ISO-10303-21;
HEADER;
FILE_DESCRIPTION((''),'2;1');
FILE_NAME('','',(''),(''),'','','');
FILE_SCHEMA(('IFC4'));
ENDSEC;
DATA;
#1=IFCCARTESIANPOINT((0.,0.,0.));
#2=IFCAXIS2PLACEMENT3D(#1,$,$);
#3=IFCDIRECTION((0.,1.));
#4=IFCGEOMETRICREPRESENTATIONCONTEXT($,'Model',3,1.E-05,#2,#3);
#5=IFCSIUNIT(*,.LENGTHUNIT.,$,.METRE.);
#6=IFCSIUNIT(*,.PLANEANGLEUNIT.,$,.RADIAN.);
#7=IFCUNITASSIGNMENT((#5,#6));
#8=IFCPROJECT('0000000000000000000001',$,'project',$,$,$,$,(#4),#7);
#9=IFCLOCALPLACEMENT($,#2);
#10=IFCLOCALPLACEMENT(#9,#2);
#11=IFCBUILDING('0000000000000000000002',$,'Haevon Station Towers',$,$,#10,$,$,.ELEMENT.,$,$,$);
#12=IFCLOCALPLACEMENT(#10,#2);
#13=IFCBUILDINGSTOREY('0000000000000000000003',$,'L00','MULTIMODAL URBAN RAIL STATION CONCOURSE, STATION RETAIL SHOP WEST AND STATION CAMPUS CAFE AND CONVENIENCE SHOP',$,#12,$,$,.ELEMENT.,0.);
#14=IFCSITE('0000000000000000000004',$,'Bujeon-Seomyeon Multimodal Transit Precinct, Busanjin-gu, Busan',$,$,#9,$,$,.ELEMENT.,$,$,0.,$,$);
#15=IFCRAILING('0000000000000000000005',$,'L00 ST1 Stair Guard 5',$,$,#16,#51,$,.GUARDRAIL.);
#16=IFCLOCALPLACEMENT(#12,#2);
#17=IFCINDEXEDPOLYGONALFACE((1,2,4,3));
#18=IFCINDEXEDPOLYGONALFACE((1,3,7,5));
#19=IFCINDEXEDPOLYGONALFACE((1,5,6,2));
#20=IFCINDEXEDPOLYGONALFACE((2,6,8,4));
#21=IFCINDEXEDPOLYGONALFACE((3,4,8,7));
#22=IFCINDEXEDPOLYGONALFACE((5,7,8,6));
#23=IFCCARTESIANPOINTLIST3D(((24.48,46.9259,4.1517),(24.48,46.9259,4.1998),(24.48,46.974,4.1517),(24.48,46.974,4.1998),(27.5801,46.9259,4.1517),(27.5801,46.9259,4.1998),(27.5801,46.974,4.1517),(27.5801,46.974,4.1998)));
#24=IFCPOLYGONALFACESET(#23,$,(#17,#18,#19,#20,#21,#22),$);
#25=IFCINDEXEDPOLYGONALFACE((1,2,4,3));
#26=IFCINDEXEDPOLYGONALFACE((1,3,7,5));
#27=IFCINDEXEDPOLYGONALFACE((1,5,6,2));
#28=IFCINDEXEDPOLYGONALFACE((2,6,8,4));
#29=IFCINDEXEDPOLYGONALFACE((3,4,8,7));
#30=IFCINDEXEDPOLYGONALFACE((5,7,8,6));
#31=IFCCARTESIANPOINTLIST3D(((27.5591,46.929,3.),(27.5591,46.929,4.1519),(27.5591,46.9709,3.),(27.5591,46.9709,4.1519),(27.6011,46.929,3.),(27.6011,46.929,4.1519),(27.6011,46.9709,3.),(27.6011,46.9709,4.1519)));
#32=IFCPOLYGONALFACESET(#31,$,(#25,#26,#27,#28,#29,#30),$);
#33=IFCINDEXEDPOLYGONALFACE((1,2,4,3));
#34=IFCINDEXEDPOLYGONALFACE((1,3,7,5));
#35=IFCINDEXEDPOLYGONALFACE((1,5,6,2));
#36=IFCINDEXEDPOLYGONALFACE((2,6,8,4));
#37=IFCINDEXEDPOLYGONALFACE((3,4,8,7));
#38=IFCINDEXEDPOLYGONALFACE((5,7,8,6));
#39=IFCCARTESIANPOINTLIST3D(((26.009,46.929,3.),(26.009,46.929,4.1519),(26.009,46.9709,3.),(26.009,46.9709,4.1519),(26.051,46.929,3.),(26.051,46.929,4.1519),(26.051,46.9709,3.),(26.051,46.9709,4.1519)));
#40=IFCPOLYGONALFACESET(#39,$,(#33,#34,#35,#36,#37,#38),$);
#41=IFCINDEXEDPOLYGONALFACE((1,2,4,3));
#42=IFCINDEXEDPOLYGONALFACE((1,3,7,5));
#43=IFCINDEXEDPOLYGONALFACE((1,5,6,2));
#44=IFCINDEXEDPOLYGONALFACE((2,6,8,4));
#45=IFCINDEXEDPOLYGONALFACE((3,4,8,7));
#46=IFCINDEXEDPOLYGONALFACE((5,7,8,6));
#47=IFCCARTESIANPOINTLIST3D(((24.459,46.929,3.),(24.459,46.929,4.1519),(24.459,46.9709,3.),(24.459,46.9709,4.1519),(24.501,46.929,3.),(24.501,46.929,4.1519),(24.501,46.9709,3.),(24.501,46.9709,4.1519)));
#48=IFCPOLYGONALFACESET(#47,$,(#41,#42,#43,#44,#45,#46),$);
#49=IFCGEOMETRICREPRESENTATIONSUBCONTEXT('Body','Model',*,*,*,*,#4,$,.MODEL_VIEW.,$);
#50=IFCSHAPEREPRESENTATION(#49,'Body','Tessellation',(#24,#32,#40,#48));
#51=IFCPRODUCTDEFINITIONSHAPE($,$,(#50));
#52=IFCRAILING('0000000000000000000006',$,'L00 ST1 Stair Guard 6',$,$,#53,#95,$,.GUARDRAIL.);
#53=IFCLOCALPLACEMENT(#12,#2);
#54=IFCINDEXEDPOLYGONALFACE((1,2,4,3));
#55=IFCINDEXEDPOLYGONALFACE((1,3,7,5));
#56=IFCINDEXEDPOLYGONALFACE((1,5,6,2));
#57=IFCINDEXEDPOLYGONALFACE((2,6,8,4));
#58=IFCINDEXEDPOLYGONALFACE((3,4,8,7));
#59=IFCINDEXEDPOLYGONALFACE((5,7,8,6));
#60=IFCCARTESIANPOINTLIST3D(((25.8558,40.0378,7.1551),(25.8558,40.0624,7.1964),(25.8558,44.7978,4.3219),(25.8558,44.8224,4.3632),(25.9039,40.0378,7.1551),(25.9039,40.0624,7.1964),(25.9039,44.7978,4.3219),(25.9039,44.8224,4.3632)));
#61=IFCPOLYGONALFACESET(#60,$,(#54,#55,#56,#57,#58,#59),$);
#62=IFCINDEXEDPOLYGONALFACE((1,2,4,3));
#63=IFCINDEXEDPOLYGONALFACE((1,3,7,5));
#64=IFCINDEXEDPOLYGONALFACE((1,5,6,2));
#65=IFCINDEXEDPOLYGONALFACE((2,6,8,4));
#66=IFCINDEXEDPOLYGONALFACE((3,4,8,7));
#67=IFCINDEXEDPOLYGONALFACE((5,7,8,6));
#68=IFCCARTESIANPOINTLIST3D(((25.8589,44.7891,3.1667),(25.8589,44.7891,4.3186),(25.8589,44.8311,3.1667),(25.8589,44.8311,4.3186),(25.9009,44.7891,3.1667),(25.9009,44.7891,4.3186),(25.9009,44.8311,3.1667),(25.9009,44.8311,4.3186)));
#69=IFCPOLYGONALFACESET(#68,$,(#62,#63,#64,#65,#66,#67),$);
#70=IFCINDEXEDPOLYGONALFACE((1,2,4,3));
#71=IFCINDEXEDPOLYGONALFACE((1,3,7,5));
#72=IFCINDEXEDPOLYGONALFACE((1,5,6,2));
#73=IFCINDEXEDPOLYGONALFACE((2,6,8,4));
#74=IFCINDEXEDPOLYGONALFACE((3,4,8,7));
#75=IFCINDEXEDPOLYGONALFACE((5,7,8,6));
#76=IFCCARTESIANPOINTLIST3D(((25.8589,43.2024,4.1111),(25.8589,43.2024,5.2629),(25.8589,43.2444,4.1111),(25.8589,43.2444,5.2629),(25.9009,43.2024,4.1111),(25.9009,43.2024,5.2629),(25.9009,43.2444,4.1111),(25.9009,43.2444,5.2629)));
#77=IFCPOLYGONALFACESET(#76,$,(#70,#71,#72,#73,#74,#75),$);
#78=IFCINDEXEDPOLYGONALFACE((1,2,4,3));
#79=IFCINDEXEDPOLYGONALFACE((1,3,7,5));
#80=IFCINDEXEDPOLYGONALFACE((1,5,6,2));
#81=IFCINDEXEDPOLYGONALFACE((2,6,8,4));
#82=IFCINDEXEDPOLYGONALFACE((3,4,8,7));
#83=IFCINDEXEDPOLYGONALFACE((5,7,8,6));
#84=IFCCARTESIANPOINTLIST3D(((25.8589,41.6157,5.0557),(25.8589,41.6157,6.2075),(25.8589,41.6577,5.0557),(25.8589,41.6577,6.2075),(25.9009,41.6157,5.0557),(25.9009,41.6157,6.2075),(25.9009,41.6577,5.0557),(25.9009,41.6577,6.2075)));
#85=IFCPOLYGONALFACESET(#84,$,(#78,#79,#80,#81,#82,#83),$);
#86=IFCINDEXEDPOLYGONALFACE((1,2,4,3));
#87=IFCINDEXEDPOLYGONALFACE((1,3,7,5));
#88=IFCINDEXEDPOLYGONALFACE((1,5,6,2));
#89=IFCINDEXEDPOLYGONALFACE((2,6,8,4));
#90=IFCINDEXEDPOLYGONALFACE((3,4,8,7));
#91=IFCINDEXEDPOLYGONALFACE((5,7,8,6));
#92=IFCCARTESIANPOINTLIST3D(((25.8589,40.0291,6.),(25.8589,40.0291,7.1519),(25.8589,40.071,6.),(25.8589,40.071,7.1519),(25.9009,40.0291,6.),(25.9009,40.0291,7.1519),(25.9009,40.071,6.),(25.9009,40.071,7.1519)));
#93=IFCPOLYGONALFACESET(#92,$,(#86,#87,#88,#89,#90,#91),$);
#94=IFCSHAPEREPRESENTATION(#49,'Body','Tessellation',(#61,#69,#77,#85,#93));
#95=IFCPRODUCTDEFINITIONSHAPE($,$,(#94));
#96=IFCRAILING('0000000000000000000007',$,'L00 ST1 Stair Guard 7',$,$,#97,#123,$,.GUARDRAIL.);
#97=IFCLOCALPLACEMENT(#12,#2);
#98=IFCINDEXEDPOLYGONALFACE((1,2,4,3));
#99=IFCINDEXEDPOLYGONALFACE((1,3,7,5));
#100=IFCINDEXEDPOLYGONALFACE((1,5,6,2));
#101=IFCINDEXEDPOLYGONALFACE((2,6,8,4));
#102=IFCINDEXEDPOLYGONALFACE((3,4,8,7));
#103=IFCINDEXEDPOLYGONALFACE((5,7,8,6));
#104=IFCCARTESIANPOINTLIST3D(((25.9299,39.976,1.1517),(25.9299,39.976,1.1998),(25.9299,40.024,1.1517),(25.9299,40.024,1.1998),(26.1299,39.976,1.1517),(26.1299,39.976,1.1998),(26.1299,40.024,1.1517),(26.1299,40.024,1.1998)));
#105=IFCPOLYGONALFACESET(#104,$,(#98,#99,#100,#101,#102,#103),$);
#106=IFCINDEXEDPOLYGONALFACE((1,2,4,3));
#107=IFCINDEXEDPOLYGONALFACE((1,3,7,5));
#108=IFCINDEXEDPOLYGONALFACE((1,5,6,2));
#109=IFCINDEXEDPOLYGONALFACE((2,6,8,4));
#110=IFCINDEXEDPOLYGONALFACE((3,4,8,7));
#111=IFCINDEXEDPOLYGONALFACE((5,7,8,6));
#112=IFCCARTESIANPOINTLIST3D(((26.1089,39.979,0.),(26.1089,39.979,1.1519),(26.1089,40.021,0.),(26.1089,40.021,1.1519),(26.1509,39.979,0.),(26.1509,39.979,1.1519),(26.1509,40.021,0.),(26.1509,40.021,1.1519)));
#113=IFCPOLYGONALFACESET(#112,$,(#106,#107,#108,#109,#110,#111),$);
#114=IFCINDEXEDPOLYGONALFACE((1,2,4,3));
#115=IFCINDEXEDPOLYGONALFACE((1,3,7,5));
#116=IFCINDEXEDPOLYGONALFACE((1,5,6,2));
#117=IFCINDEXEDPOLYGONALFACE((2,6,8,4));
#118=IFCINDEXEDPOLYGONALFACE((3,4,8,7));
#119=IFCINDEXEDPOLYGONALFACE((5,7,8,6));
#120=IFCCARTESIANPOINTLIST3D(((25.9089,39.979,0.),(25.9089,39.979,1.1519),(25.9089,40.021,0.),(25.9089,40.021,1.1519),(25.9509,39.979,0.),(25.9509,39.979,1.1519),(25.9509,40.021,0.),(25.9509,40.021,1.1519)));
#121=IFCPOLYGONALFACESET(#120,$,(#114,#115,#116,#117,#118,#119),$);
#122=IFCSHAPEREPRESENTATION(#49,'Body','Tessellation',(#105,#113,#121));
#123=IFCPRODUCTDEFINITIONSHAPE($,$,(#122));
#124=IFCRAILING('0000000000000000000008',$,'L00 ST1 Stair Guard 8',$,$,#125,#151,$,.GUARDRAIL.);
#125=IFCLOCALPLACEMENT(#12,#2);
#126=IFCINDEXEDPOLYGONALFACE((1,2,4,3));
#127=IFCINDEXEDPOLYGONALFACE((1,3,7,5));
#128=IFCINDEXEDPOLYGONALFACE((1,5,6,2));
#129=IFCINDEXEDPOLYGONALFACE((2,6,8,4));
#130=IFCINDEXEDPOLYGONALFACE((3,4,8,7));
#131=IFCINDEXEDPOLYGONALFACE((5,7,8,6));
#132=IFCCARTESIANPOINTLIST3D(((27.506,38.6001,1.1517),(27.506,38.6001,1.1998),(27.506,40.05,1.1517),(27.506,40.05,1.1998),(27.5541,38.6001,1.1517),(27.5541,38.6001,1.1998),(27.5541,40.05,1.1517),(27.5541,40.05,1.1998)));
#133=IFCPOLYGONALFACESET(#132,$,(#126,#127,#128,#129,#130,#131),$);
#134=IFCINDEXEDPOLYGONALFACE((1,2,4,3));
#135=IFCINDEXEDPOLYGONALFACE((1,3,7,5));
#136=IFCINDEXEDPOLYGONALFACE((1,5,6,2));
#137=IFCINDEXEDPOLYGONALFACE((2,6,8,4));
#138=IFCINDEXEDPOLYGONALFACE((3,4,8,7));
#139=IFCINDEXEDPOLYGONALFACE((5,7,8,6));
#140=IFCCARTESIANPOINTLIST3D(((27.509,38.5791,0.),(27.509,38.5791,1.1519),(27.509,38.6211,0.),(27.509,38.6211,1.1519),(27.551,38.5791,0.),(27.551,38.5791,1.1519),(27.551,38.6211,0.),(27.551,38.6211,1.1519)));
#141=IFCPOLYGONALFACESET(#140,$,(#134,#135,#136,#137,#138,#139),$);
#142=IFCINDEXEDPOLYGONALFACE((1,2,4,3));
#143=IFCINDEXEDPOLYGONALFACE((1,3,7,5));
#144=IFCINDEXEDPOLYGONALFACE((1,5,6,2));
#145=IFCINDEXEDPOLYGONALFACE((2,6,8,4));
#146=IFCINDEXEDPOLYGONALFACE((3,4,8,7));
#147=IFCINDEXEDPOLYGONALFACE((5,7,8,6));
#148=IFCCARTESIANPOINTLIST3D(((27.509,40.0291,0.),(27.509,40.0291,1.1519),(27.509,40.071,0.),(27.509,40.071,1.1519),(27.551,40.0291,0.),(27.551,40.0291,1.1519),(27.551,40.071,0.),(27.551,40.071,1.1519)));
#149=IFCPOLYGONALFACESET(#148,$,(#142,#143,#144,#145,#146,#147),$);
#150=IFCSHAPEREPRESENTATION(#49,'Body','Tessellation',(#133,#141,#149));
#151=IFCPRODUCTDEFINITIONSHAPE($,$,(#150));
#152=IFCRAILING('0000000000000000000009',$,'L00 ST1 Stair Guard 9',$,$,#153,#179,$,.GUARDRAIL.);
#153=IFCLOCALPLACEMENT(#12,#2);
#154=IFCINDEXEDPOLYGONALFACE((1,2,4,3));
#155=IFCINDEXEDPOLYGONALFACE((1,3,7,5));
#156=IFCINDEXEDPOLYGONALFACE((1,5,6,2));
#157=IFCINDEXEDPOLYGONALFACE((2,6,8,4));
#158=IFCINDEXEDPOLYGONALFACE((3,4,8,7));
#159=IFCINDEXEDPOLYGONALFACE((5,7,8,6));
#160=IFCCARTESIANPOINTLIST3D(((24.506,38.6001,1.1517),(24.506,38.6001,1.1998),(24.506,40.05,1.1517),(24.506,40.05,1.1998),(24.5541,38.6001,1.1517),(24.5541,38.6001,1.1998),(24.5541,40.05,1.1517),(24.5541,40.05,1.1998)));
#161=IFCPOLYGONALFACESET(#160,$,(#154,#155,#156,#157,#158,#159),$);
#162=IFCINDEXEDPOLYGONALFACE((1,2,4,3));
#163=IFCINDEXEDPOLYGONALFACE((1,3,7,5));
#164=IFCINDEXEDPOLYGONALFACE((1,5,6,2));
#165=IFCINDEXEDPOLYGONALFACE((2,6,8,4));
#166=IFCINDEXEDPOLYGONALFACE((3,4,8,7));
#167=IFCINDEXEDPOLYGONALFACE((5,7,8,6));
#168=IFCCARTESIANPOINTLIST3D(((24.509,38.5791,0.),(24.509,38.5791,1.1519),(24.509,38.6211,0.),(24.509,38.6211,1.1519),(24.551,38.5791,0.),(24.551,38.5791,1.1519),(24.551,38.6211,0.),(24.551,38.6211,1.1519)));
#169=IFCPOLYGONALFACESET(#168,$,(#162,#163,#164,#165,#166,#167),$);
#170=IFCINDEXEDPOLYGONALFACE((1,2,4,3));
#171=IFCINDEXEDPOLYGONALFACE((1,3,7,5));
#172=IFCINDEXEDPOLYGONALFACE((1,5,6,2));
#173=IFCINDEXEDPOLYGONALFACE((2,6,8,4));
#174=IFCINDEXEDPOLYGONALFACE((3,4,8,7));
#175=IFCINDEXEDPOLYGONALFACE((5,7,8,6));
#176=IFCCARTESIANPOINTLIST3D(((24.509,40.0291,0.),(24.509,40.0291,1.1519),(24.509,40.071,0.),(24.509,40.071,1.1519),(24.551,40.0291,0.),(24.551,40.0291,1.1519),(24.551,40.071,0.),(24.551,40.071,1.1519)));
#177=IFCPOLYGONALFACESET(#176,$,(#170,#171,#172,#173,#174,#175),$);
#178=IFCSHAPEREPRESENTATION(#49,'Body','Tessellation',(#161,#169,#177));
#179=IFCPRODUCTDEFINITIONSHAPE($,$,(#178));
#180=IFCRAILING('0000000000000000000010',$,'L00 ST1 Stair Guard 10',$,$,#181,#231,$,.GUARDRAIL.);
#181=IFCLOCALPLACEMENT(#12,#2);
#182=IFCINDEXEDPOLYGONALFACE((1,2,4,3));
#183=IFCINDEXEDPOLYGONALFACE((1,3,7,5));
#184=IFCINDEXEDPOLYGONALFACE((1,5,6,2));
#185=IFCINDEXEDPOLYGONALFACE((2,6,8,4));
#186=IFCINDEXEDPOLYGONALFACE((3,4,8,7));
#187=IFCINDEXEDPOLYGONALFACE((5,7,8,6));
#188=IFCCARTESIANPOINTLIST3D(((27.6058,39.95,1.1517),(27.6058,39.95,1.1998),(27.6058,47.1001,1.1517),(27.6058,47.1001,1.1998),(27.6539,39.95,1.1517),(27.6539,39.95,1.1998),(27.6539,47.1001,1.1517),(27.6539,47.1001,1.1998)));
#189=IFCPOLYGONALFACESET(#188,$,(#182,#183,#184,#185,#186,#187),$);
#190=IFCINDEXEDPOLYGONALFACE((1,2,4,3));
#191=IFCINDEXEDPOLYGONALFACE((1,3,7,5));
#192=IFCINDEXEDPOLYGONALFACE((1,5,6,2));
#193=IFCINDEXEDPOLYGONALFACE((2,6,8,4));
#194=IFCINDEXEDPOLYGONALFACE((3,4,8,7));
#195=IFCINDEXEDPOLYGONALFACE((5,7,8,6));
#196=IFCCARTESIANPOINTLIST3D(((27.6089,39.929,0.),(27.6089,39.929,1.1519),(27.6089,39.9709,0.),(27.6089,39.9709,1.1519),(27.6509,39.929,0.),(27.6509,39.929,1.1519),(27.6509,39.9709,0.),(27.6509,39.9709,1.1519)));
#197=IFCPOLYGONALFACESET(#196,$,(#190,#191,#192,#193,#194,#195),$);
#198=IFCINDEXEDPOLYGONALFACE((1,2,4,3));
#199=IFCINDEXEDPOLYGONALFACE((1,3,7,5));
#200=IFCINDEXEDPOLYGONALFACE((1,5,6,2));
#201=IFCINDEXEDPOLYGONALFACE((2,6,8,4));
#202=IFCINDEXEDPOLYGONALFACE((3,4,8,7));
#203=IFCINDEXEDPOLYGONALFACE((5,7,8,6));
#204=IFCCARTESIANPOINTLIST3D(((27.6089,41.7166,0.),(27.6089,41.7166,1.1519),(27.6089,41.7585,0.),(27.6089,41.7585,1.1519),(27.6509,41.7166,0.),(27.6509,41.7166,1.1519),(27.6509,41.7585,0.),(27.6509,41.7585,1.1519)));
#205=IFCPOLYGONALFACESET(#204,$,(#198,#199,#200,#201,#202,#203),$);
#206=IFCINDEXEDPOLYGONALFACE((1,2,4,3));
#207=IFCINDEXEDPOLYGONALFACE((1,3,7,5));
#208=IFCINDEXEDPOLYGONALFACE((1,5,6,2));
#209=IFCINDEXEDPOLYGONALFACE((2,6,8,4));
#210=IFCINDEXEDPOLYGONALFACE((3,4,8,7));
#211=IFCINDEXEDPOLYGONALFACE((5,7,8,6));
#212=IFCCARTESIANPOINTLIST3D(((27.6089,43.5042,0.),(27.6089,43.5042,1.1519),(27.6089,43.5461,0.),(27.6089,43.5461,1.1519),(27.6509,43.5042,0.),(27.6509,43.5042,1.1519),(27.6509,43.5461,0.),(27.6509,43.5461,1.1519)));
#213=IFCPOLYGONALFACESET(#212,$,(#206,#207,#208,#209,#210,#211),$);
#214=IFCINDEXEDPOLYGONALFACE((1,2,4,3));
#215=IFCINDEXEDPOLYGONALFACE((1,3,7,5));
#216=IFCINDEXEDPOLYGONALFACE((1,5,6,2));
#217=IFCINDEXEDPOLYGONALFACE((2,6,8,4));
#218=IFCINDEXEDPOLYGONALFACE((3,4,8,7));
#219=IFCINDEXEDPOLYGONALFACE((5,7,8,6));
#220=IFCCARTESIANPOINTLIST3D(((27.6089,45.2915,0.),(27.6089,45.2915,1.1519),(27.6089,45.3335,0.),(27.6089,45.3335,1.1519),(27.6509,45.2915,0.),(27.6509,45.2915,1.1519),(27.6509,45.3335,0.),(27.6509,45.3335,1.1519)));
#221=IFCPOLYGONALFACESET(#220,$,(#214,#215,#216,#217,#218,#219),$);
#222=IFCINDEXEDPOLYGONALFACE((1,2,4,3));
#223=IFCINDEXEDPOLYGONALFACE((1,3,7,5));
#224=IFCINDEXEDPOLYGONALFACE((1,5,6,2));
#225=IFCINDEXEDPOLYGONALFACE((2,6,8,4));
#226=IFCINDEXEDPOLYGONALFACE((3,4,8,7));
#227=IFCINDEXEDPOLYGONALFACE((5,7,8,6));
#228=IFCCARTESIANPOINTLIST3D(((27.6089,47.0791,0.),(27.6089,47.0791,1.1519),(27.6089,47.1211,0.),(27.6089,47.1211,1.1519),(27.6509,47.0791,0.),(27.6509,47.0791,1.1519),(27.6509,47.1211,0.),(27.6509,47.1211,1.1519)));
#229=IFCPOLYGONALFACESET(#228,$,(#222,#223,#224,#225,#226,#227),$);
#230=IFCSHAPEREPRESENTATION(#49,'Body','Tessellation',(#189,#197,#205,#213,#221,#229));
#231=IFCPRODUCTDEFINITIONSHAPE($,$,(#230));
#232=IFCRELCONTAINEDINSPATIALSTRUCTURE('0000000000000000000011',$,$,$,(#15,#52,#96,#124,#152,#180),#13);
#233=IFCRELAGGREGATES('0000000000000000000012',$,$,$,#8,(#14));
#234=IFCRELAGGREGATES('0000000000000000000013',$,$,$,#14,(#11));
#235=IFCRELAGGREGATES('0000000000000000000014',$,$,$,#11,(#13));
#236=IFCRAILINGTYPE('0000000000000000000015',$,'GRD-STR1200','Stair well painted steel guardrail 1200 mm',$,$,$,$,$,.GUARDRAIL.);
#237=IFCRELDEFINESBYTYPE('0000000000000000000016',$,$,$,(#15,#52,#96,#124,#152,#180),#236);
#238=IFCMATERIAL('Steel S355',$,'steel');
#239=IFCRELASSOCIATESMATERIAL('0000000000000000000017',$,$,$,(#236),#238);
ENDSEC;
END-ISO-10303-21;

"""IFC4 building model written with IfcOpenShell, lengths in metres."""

from ifc_helpers import new_model, si_unit, direction, frame, origin, origin_2d, place, context, subcontext, project, spatial, rectangle, extrude, material, type_object, element, save


model = new_model("IFC4")

# Units and contexts
model_context = context("Model", 3, precision=1e-05, world=origin(), true_north=direction((0.0, 1.0)))
body_context = subcontext(model_context, "Body", "Model", "MODEL_VIEW")
ifc_project = project(units=[si_unit("LENGTHUNIT", "METRE"), si_unit("PLANEANGLEUNIT", "RADIAN")], contexts=[model_context])

# Site, building, storey
site_placement = place(None, origin())
site = spatial("IfcSite", under=ifc_project, at=site_placement, Name="Bujeon-Seomyeon Multimodal Transit Precinct, Busanjin-gu, Busan", CompositionType="ELEMENT", RefElevation=0.0)
building_placement = place(site_placement, origin())
building = spatial("IfcBuilding", under=site, at=building_placement, Name="Haevon Station Towers", CompositionType="ELEMENT")
storey_placement = place(building_placement, origin())
storey = spatial("IfcBuildingStorey", under=building, at=storey_placement, Name="L00", Description="MULTIMODAL URBAN RAIL STATION CONCOURSE, STATION RETAIL SHOP WEST AND STATION CAMPUS CAFE AND CONVENIENCE SHOP", CompositionType="ELEMENT", Elevation=0.0)

# Shared definitions
ifc_material_1 = material(Name="Steel S355", Category="steel")

# Railings
railing_type_1 = type_object("IfcRailingType", Name="GRD-STR1200", Description="Stair well painted steel guardrail 1200 mm", PredefinedType="GUARDRAIL", material=ifc_material_1)
railing_1_placement = place(storey_placement, frame((27.5801, 46.95, 3.0)))
element("IfcRailing", 1, at=railing_1_placement, inside=storey, type_object=railing_type_1, Name="L00 ST1 Stair Guard 5", PredefinedType="GUARDRAIL", context=body_context, shape_type="SweptSolid", body=[
    extrude(rectangle(XDim=0.0481, YDim=0.0481, at=origin_2d()), frame((0.0, 0.0, 1.1758), z_axis=(-1.0, 0.0, 0.0), x_axis=(0.0, -1.0, 0.0)), (0.0, 0.0, 1.0), 3.1001),
    extrude(rectangle(XDim=0.042, YDim=0.042, at=origin_2d()), origin(), (0.0, 0.0, 1.0), 1.1519),
    extrude(rectangle(XDim=0.042, YDim=0.042, at=origin_2d()), frame((-1.55, 0.0, 0.0)), (0.0, 0.0, 1.0), 1.1519),
    extrude(rectangle(XDim=0.042, YDim=0.042, at=origin_2d()), frame((-3.1001, 0.0, 0.0)), (0.0, 0.0, 1.0), 1.1519),
])
railing_2_placement = place(storey_placement, frame((25.8799, 44.8101, 3.1667)))
element("IfcRailing", 2, at=railing_2_placement, inside=storey, type_object=railing_type_1, Name="L00 ST1 Stair Guard 6", PredefinedType="GUARDRAIL", context=body_context, shape_type="SweptSolid", body=[
    extrude(rectangle(XDim=0.0481, YDim=0.0481, at=origin_2d()), frame((0.0, 0.0, 1.1758), z_axis=(0.0, -0.8593, 0.511472), x_axis=(1.0, 0.0, 0.0)), (0.0, 0.0, 1.0), 5.5393),
    extrude(rectangle(XDim=0.042, YDim=0.042, at=origin_2d()), origin(), (0.0, 0.0, 1.0), 1.1519),
    extrude(rectangle(XDim=0.042, YDim=0.042, at=origin_2d()), frame((0.0, -1.5867, 0.9443)), (0.0, 0.0, 1.0), 1.1519),
    extrude(rectangle(XDim=0.042, YDim=0.042, at=origin_2d()), frame((0.0, -3.1733, 1.8889)), (0.0, 0.0, 1.0), 1.1519),
    extrude(rectangle(XDim=0.042, YDim=0.042, at=origin_2d()), frame((0.0, -4.76, 2.8333)), (0.0, 0.0, 1.0), 1.1519),
])
railing_3_placement = place(storey_placement, frame((26.1299, 40.0, 0.0)))
element("IfcRailing", 3, at=railing_3_placement, inside=storey, type_object=railing_type_1, Name="L00 ST1 Stair Guard 7", PredefinedType="GUARDRAIL", context=body_context, shape_type="SweptSolid", body=[
    extrude(rectangle(XDim=0.0481, YDim=0.0481, at=origin_2d()), frame((0.0, 0.0, 1.1758), z_axis=(-1.0, 0.0, 0.0), x_axis=(0.0, -1.0, 0.0)), (0.0, 0.0, 1.0), 0.2),
    extrude(rectangle(XDim=0.042, YDim=0.042, at=origin_2d()), origin(), (0.0, 0.0, 1.0), 1.1519),
    extrude(rectangle(XDim=0.042, YDim=0.042, at=origin_2d()), frame((-0.2, 0.0, 0.0)), (0.0, 0.0, 1.0), 1.1519),
])
for number, where, name in (
    (4, (27.53, 38.6001, 0.0), "L00 ST1 Stair Guard 8"),
    (5, (24.53, 38.6001, 0.0), "L00 ST1 Stair Guard 9"),
):
    element("IfcRailing", number, at=place(storey_placement, frame(where)), inside=storey, type_object=railing_type_1, Name=name, PredefinedType="GUARDRAIL", context=body_context, shape_type="SweptSolid", body=[
        extrude(rectangle(XDim=0.0481, YDim=0.0481, at=origin_2d()), frame((0.0, 0.0, 1.1758), z_axis=(0.0, 1.0, 0.0), x_axis=(-1.0, 0.0, 0.0)), (0.0, 0.0, 1.0), 1.45),
        extrude(rectangle(XDim=0.042, YDim=0.042, at=origin_2d()), origin(), (0.0, 0.0, 1.0), 1.1519),
        extrude(rectangle(XDim=0.042, YDim=0.042, at=origin_2d()), frame((0.0, 1.45, 0.0)), (0.0, 0.0, 1.0), 1.1519),
    ])
for number, where, name in (
    (6, (27.6299, 39.95, 0.0), "L00 ST1 Stair Guard 10"),
):
    element("IfcRailing", number, at=place(storey_placement, frame(where)), inside=storey, type_object=railing_type_1, Name=name, PredefinedType="GUARDRAIL", context=body_context, shape_type="SweptSolid", body=[
        extrude(rectangle(XDim=0.0481, YDim=0.0481, at=origin_2d()), frame((0.0, 0.0, 1.1758), z_axis=(0.0, 1.0, 0.0), x_axis=(-1.0, 0.0, 0.0)), (0.0, 0.0, 1.0), 7.1501),
        extrude(rectangle(XDim=0.042, YDim=0.042, at=origin_2d()), origin(), (0.0, 0.0, 1.0), 1.1519),
        extrude(rectangle(XDim=0.042, YDim=0.042, at=origin_2d()), frame((0.0, 1.7876, 0.0)), (0.0, 0.0, 1.0), 1.1519),
        extrude(rectangle(XDim=0.042, YDim=0.042, at=origin_2d()), frame((0.0, 3.5752, 0.0)), (0.0, 0.0, 1.0), 1.1519),
        extrude(rectangle(XDim=0.042, YDim=0.042, at=origin_2d()), frame((0.0, 5.3625, 0.0)), (0.0, 0.0, 1.0), 1.1519),
        extrude(rectangle(XDim=0.042, YDim=0.042, at=origin_2d()), frame((0.0, 7.1501, 0.0)), (0.0, 0.0, 1.0), 1.1519),
    ])

save(model, "model.ifc")
